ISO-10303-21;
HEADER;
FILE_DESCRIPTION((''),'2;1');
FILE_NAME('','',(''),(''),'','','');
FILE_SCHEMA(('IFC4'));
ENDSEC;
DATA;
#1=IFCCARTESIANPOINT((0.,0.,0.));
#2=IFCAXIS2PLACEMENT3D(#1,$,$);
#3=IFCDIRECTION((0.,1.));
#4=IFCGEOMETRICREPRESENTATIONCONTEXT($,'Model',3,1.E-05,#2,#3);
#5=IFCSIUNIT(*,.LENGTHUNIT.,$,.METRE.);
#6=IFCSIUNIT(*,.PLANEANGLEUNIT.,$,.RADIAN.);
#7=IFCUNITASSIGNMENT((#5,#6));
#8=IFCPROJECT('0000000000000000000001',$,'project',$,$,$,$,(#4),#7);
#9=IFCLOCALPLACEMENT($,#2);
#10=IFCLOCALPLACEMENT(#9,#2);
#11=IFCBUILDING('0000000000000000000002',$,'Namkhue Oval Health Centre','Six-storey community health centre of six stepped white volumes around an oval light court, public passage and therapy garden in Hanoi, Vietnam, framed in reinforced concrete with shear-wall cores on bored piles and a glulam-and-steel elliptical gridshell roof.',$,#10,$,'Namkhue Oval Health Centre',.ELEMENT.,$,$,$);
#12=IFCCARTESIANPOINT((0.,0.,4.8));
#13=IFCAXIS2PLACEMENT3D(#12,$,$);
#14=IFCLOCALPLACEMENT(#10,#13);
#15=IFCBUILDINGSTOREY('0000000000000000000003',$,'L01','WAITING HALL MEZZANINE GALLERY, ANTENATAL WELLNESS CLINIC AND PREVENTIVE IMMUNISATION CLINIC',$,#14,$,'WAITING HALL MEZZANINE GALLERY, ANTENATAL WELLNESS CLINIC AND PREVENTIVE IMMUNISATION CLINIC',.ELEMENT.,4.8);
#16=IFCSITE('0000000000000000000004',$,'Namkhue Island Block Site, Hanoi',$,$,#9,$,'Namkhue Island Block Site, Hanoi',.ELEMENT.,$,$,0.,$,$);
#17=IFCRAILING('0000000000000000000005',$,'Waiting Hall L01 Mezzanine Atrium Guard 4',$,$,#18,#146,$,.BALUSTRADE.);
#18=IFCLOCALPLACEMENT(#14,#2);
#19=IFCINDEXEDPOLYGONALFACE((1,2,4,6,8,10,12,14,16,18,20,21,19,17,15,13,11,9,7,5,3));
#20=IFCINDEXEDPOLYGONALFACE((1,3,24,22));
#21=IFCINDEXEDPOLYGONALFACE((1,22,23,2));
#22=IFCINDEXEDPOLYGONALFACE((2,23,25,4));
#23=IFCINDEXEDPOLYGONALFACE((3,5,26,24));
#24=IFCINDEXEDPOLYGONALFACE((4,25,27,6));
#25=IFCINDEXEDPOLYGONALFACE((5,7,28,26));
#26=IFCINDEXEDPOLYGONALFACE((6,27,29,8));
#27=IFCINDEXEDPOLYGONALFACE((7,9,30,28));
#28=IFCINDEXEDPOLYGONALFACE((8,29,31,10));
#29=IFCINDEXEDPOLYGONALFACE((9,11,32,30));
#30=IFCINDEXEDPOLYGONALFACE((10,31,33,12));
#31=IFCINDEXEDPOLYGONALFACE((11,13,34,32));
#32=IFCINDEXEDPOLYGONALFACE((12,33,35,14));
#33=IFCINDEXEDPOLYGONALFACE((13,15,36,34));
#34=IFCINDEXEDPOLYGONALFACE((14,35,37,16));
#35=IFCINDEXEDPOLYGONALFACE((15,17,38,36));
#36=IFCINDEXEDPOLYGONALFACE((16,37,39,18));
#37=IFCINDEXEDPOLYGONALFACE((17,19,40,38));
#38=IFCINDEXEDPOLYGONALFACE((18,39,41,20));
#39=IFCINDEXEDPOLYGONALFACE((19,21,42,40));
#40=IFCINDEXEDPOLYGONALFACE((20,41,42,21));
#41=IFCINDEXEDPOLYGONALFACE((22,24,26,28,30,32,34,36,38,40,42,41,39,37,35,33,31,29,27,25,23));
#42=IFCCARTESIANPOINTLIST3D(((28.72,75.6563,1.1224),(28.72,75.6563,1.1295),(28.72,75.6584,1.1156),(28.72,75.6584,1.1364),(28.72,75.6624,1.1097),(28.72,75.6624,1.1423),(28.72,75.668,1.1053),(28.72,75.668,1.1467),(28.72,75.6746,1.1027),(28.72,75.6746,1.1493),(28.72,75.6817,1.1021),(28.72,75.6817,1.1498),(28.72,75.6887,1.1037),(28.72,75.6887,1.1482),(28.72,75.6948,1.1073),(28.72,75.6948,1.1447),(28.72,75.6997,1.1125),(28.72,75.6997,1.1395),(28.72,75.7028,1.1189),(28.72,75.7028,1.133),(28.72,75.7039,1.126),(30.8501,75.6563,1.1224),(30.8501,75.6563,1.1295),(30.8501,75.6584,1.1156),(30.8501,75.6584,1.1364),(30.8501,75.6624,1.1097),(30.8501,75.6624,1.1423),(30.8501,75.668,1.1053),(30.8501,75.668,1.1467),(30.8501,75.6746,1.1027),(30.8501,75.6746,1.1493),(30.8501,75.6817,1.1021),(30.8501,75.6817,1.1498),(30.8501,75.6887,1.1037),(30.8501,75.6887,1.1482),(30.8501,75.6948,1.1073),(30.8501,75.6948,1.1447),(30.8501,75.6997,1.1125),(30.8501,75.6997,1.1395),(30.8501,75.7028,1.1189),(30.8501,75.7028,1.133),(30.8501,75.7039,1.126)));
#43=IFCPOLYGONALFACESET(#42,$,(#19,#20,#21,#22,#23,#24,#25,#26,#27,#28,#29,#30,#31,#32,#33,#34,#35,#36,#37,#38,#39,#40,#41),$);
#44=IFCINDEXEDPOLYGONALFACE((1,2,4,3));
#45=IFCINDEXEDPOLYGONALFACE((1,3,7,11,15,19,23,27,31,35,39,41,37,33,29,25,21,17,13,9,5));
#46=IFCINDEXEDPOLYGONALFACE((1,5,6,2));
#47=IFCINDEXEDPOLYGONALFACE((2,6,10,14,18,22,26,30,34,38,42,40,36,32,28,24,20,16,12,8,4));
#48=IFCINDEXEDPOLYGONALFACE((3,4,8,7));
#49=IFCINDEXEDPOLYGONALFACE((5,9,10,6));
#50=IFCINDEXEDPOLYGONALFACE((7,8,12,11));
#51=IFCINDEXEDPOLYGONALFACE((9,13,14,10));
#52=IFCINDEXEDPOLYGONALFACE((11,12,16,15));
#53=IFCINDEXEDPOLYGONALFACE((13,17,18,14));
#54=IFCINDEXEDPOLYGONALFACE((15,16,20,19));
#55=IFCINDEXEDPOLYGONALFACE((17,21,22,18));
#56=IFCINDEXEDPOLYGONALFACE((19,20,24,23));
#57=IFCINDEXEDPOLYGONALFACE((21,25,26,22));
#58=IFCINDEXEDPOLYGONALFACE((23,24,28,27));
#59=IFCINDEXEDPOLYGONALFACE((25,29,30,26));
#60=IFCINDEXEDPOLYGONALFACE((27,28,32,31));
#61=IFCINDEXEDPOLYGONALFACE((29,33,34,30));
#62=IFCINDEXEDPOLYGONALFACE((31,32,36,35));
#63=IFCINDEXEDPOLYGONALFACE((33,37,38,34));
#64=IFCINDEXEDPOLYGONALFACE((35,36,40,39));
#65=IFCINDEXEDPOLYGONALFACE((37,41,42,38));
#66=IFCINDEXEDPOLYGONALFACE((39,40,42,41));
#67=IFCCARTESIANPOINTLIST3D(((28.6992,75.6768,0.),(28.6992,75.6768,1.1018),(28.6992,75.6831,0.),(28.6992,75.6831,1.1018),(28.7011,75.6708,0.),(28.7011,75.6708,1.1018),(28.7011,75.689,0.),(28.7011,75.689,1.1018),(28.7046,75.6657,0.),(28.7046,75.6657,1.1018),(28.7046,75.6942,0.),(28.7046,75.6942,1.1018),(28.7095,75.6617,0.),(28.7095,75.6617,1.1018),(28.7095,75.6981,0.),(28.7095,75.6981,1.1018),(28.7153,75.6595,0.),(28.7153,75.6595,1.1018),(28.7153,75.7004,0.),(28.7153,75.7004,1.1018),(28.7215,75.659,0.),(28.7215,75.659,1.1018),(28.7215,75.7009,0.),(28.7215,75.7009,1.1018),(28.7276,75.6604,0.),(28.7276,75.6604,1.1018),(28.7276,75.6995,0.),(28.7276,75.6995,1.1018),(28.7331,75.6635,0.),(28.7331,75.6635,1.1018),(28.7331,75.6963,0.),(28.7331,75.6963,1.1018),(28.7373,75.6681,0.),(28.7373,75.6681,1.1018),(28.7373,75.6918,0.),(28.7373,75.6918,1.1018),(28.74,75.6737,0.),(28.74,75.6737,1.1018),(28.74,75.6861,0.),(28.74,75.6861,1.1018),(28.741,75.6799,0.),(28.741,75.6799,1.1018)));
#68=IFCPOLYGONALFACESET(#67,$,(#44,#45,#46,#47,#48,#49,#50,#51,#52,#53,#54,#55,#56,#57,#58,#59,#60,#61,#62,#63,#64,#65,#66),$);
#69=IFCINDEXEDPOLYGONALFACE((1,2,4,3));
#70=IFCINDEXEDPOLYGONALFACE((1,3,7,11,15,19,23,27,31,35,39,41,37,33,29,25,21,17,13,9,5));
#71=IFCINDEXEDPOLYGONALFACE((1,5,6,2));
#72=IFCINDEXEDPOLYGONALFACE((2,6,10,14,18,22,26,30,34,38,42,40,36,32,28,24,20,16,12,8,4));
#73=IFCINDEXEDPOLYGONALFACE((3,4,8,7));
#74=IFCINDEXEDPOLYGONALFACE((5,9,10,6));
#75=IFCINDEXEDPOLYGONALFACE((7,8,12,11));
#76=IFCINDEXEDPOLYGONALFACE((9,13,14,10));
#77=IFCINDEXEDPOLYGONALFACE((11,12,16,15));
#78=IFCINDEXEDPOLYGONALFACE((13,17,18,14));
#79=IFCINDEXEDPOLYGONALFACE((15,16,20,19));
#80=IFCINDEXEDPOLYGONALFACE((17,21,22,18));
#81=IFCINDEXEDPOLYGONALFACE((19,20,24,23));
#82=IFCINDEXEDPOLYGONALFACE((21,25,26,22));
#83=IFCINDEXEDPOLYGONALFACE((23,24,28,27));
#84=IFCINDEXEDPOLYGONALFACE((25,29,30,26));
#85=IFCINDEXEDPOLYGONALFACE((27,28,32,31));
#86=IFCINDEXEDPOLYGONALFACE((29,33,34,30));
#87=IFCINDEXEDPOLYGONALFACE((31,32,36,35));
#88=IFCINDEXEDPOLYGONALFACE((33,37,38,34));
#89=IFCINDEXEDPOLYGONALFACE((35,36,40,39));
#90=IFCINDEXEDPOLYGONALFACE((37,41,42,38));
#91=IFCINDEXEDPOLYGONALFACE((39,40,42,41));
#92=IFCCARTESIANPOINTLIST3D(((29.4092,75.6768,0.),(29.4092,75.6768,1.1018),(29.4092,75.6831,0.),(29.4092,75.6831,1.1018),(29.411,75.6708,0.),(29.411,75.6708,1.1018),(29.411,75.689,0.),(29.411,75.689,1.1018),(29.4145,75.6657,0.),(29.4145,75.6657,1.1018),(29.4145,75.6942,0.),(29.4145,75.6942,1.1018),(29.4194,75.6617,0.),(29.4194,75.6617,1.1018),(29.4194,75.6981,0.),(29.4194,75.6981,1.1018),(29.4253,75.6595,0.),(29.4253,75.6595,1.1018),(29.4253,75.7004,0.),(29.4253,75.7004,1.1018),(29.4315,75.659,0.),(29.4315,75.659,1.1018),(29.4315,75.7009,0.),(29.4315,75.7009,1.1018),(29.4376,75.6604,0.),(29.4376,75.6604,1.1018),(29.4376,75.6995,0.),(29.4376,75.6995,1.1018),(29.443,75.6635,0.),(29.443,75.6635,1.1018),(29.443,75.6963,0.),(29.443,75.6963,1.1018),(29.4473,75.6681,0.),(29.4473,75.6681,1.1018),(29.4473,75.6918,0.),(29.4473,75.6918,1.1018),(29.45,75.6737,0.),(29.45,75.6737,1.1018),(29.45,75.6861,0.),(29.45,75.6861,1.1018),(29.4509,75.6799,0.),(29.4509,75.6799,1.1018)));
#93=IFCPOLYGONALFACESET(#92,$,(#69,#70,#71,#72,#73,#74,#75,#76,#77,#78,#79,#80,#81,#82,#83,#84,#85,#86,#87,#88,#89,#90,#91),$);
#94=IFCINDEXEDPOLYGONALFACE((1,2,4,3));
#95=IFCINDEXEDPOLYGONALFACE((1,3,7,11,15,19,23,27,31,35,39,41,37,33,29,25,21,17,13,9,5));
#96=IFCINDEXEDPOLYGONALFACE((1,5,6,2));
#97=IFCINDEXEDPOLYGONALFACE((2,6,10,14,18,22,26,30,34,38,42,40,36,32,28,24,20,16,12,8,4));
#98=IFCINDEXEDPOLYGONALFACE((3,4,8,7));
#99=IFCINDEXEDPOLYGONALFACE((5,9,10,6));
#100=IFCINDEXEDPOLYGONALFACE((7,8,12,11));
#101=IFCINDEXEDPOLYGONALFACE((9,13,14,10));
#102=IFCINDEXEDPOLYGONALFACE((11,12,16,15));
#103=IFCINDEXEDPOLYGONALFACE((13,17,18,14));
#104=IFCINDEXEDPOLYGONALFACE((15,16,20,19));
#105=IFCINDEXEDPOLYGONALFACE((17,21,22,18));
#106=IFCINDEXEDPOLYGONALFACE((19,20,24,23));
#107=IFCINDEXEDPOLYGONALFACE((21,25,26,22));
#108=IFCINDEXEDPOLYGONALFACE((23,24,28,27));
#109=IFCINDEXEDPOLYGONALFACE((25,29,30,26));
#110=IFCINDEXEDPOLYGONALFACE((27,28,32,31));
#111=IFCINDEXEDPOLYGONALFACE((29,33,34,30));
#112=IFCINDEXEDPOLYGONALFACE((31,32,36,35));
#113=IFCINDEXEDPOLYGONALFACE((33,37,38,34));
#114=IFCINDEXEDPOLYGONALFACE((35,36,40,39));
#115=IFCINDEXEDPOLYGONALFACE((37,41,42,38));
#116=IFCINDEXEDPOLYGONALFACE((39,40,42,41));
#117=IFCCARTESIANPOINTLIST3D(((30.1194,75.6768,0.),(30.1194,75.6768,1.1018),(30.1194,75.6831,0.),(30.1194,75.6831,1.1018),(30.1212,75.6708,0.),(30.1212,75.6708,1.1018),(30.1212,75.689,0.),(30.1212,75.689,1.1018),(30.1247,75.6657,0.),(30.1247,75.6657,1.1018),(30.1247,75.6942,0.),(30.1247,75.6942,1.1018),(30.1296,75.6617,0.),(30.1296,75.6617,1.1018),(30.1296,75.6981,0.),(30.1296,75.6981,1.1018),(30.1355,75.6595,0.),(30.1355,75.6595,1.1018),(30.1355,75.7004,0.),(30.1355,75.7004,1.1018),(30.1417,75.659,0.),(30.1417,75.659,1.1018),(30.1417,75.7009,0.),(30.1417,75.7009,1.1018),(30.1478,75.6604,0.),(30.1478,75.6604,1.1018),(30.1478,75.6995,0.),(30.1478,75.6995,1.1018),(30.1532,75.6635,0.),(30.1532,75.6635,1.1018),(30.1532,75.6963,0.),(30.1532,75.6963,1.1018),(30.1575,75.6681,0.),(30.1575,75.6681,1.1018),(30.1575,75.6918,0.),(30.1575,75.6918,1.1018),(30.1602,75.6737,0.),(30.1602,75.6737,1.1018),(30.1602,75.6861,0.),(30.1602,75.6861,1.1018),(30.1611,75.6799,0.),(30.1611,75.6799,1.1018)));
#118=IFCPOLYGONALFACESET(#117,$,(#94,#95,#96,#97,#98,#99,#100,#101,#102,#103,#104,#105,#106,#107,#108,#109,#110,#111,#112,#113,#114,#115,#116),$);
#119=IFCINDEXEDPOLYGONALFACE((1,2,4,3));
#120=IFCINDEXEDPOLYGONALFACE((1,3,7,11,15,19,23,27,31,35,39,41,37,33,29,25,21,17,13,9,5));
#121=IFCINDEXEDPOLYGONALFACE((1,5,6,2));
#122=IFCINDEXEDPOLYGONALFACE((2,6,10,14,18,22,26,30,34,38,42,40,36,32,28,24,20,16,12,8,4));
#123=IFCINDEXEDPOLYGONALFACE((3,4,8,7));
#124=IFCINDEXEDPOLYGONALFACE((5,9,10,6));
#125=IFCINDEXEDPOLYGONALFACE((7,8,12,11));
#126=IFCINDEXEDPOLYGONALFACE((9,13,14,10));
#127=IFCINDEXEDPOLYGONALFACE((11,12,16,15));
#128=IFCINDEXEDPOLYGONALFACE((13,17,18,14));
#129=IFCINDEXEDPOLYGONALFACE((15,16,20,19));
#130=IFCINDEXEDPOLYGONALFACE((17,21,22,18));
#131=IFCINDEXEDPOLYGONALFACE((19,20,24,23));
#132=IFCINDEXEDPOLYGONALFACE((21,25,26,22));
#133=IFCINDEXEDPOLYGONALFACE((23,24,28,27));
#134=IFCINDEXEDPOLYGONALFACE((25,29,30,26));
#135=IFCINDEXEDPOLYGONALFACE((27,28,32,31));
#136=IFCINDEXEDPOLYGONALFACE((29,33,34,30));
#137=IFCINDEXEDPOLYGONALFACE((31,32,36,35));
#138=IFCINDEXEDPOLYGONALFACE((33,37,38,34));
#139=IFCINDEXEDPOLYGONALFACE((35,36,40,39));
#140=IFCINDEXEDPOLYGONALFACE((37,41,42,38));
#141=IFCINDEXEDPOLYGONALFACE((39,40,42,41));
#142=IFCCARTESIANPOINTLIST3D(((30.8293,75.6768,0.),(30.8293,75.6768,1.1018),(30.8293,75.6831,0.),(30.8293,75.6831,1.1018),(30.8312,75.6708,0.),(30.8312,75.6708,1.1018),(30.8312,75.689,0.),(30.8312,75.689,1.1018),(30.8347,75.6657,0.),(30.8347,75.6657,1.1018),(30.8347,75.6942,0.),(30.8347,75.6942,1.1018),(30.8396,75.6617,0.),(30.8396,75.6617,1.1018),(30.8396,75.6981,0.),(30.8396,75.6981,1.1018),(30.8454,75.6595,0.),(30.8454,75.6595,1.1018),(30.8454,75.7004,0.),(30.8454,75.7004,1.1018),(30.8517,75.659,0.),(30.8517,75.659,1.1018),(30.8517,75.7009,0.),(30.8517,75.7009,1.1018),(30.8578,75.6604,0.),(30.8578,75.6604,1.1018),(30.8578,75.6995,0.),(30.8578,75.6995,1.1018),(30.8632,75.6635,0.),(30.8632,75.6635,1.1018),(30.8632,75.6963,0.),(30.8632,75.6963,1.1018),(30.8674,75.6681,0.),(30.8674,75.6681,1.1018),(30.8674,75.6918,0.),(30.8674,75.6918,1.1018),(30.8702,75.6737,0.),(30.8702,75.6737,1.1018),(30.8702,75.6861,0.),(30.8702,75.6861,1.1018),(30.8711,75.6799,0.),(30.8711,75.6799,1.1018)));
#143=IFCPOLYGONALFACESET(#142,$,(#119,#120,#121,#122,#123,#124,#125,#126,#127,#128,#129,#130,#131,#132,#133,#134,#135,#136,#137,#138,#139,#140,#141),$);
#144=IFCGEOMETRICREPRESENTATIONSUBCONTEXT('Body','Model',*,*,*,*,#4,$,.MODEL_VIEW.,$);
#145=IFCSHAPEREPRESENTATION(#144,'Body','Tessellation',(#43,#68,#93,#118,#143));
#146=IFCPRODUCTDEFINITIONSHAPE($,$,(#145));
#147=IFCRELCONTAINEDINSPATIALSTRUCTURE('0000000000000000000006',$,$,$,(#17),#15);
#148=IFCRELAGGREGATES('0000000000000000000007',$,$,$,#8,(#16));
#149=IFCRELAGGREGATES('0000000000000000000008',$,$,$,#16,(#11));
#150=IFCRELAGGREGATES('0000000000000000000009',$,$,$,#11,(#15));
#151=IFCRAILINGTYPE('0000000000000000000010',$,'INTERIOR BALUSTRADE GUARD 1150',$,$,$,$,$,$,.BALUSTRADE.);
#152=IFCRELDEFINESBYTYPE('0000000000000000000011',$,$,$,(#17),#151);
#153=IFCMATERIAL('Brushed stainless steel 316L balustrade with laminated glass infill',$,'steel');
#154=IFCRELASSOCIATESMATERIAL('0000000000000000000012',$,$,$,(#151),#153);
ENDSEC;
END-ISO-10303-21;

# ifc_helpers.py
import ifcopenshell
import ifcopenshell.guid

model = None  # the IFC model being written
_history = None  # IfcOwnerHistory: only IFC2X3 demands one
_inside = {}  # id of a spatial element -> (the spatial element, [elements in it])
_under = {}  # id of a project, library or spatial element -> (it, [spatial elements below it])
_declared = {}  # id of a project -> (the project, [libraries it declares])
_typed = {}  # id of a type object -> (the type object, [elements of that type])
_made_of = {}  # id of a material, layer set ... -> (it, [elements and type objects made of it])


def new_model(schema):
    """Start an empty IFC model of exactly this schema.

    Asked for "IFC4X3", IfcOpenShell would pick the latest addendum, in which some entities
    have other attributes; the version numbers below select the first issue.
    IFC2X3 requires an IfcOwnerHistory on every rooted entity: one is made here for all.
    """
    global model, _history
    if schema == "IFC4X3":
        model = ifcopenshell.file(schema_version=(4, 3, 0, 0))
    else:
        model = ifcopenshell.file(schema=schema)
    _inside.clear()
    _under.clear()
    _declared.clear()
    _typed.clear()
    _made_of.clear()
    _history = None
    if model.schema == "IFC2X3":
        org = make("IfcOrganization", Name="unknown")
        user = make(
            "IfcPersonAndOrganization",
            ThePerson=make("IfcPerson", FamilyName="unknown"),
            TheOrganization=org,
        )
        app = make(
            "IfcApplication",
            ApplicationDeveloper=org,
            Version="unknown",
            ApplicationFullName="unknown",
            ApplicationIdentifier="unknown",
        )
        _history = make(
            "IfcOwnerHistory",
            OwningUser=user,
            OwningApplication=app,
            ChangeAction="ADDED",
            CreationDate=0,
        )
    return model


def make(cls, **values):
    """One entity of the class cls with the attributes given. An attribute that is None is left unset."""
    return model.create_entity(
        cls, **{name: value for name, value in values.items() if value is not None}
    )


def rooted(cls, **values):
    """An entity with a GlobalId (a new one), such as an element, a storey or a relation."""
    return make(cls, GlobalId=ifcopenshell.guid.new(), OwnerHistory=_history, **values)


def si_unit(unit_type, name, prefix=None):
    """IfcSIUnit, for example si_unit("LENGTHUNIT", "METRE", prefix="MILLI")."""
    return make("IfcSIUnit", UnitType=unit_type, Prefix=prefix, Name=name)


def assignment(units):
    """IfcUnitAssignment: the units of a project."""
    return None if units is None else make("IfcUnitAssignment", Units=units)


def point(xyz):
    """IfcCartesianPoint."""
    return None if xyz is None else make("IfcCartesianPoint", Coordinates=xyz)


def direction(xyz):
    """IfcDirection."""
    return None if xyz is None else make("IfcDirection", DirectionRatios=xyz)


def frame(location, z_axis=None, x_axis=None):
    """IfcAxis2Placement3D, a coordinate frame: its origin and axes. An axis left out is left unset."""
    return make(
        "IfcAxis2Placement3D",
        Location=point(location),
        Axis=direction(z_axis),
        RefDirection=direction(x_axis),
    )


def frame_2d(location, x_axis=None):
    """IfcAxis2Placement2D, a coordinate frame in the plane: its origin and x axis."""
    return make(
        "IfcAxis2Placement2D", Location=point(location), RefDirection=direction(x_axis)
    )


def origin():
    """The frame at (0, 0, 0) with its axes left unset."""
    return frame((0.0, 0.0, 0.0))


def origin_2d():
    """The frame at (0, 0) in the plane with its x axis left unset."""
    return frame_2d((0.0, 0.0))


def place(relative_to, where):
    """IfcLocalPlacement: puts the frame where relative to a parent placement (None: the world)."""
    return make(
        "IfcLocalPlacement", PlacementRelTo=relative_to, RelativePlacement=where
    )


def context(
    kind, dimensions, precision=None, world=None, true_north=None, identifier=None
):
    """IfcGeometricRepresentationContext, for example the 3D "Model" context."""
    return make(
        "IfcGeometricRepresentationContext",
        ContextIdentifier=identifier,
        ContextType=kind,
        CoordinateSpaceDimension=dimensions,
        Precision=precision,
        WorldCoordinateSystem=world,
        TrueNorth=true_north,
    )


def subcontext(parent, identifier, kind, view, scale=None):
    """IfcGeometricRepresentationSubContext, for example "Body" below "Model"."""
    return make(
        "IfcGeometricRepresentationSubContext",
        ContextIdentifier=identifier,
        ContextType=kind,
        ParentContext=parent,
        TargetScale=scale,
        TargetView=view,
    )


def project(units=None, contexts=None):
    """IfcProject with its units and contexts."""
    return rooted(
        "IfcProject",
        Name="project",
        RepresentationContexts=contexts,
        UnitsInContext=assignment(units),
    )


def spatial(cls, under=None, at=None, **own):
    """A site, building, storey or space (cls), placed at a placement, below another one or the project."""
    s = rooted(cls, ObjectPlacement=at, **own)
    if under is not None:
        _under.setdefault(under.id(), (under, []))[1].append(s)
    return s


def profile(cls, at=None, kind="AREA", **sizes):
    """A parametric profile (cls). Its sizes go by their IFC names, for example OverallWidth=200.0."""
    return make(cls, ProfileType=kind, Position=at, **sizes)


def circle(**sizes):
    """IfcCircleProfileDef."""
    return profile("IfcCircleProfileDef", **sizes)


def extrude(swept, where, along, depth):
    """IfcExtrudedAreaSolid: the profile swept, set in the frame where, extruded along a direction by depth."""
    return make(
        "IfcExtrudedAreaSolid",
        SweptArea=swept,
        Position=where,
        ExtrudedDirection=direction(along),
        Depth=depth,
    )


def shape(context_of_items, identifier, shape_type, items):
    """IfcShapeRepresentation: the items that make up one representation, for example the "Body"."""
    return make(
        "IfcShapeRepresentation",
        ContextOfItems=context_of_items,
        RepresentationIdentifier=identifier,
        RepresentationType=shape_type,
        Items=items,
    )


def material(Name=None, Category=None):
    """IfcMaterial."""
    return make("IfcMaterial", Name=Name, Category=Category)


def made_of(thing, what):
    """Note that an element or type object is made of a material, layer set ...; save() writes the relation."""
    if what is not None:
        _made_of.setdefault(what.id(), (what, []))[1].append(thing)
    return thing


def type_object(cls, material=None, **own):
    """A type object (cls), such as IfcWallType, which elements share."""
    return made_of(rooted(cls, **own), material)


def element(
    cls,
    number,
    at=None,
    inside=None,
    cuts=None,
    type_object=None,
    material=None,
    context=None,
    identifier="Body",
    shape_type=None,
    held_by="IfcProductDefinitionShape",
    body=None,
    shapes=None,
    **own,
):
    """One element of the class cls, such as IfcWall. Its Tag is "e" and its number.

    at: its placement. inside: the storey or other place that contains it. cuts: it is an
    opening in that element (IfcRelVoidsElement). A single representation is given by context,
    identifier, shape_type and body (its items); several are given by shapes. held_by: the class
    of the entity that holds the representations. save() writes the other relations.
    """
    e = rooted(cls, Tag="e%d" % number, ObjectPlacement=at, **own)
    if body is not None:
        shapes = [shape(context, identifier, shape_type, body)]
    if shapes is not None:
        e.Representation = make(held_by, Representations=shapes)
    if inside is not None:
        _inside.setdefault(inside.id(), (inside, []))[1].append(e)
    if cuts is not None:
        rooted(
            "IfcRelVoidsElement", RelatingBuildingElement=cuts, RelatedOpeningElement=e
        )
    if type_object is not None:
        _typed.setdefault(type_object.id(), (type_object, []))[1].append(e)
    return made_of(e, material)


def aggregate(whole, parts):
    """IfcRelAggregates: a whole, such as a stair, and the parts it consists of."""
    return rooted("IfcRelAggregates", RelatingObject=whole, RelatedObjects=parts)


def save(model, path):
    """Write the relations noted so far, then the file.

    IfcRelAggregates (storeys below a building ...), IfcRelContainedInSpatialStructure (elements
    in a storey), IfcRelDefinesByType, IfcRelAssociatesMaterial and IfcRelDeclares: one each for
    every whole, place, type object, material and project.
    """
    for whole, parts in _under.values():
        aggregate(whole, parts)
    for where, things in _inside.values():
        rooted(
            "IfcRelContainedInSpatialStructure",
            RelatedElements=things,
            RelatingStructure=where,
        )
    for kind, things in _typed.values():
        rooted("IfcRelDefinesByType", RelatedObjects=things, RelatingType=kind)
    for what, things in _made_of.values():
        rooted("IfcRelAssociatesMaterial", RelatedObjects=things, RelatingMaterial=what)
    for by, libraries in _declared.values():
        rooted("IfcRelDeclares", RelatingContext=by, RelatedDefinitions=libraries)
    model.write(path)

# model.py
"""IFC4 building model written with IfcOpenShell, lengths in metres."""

from ifc_helpers import new_model, si_unit, direction, frame, origin, origin_2d, place, context, subcontext, project, spatial, circle, extrude, material, type_object, element, save


model = new_model("IFC4")

# Units and contexts
model_context = context("Model", 3, precision=1e-05, world=origin(), true_north=direction((0.0, 1.0)))
body_context = subcontext(model_context, "Body", "Model", "MODEL_VIEW")
ifc_project = project(units=[si_unit("LENGTHUNIT", "METRE"), si_unit("PLANEANGLEUNIT", "RADIAN")], contexts=[model_context])

# Site, building, storey
site_placement = place(None, origin())
site = spatial("IfcSite", under=ifc_project, at=site_placement, Name="Namkhue Island Block Site, Hanoi", LongName="Namkhue Island Block Site, Hanoi", CompositionType="ELEMENT", RefElevation=0.0)
building_placement = place(site_placement, origin())
building = spatial("IfcBuilding", under=site, at=building_placement, Name="Namkhue Oval Health Centre", Description="Six-storey community health centre of six stepped white volumes around an oval light court, public passage and therapy garden in Hanoi, Vietnam, framed in reinforced concrete with shear-wall cores on bored piles and a glulam-and-steel elliptical gridshell roof.", LongName="Namkhue Oval Health Centre", CompositionType="ELEMENT")
storey_placement = place(building_placement, frame((0.0, 0.0, 4.8)))
storey = spatial("IfcBuildingStorey", under=building, at=storey_placement, Name="L01", Description="WAITING HALL MEZZANINE GALLERY, ANTENATAL WELLNESS CLINIC AND PREVENTIVE IMMUNISATION CLINIC", LongName="WAITING HALL MEZZANINE GALLERY, ANTENATAL WELLNESS CLINIC AND PREVENTIVE IMMUNISATION CLINIC", CompositionType="ELEMENT", Elevation=4.8)

# Railing
ifc_material_1 = material(Name="Brushed stainless steel 316L balustrade with laminated glass infill", Category="steel")
railing_type_1 = type_object("IfcRailingType", Name="INTERIOR BALUSTRADE GUARD 1150", PredefinedType="BALUSTRADE", material=ifc_material_1)
railing_1_placement = place(storey_placement, frame((28.72, 75.6799, 0.0)))
element("IfcRailing", 1, at=railing_1_placement, inside=storey, type_object=railing_type_1, Name="Waiting Hall L01 Mezzanine Atrium Guard 4", PredefinedType="BALUSTRADE", context=body_context, shape_type="SweptSolid", body=[
    extrude(circle(Radius=0.0239, at=origin_2d()), frame((0.0, 0.0, 1.126), z_axis=(1.0, 0.0, 0.0), x_axis=(0.0, 1.0, 0.0)), (0.0, 0.0, 1.0), 2.1301),
    extrude(circle(Radius=0.021, at=origin_2d()), origin(), (0.0, 0.0, 1.0), 1.1018),
    extrude(circle(Radius=0.021, at=origin_2d()), frame((0.71, 0.0, 0.0)), (0.0, 0.0, 1.0), 1.1018),
    extrude(circle(Radius=0.021, at=origin_2d()), frame((1.4202, 0.0, 0.0)), (0.0, 0.0, 1.0), 1.1018),
    extrude(circle(Radius=0.021, at=origin_2d()), frame((2.1301, 0.0, 0.0)), (0.0, 0.0, 1.0), 1.1018),
])

save(model, "model.ifc")
